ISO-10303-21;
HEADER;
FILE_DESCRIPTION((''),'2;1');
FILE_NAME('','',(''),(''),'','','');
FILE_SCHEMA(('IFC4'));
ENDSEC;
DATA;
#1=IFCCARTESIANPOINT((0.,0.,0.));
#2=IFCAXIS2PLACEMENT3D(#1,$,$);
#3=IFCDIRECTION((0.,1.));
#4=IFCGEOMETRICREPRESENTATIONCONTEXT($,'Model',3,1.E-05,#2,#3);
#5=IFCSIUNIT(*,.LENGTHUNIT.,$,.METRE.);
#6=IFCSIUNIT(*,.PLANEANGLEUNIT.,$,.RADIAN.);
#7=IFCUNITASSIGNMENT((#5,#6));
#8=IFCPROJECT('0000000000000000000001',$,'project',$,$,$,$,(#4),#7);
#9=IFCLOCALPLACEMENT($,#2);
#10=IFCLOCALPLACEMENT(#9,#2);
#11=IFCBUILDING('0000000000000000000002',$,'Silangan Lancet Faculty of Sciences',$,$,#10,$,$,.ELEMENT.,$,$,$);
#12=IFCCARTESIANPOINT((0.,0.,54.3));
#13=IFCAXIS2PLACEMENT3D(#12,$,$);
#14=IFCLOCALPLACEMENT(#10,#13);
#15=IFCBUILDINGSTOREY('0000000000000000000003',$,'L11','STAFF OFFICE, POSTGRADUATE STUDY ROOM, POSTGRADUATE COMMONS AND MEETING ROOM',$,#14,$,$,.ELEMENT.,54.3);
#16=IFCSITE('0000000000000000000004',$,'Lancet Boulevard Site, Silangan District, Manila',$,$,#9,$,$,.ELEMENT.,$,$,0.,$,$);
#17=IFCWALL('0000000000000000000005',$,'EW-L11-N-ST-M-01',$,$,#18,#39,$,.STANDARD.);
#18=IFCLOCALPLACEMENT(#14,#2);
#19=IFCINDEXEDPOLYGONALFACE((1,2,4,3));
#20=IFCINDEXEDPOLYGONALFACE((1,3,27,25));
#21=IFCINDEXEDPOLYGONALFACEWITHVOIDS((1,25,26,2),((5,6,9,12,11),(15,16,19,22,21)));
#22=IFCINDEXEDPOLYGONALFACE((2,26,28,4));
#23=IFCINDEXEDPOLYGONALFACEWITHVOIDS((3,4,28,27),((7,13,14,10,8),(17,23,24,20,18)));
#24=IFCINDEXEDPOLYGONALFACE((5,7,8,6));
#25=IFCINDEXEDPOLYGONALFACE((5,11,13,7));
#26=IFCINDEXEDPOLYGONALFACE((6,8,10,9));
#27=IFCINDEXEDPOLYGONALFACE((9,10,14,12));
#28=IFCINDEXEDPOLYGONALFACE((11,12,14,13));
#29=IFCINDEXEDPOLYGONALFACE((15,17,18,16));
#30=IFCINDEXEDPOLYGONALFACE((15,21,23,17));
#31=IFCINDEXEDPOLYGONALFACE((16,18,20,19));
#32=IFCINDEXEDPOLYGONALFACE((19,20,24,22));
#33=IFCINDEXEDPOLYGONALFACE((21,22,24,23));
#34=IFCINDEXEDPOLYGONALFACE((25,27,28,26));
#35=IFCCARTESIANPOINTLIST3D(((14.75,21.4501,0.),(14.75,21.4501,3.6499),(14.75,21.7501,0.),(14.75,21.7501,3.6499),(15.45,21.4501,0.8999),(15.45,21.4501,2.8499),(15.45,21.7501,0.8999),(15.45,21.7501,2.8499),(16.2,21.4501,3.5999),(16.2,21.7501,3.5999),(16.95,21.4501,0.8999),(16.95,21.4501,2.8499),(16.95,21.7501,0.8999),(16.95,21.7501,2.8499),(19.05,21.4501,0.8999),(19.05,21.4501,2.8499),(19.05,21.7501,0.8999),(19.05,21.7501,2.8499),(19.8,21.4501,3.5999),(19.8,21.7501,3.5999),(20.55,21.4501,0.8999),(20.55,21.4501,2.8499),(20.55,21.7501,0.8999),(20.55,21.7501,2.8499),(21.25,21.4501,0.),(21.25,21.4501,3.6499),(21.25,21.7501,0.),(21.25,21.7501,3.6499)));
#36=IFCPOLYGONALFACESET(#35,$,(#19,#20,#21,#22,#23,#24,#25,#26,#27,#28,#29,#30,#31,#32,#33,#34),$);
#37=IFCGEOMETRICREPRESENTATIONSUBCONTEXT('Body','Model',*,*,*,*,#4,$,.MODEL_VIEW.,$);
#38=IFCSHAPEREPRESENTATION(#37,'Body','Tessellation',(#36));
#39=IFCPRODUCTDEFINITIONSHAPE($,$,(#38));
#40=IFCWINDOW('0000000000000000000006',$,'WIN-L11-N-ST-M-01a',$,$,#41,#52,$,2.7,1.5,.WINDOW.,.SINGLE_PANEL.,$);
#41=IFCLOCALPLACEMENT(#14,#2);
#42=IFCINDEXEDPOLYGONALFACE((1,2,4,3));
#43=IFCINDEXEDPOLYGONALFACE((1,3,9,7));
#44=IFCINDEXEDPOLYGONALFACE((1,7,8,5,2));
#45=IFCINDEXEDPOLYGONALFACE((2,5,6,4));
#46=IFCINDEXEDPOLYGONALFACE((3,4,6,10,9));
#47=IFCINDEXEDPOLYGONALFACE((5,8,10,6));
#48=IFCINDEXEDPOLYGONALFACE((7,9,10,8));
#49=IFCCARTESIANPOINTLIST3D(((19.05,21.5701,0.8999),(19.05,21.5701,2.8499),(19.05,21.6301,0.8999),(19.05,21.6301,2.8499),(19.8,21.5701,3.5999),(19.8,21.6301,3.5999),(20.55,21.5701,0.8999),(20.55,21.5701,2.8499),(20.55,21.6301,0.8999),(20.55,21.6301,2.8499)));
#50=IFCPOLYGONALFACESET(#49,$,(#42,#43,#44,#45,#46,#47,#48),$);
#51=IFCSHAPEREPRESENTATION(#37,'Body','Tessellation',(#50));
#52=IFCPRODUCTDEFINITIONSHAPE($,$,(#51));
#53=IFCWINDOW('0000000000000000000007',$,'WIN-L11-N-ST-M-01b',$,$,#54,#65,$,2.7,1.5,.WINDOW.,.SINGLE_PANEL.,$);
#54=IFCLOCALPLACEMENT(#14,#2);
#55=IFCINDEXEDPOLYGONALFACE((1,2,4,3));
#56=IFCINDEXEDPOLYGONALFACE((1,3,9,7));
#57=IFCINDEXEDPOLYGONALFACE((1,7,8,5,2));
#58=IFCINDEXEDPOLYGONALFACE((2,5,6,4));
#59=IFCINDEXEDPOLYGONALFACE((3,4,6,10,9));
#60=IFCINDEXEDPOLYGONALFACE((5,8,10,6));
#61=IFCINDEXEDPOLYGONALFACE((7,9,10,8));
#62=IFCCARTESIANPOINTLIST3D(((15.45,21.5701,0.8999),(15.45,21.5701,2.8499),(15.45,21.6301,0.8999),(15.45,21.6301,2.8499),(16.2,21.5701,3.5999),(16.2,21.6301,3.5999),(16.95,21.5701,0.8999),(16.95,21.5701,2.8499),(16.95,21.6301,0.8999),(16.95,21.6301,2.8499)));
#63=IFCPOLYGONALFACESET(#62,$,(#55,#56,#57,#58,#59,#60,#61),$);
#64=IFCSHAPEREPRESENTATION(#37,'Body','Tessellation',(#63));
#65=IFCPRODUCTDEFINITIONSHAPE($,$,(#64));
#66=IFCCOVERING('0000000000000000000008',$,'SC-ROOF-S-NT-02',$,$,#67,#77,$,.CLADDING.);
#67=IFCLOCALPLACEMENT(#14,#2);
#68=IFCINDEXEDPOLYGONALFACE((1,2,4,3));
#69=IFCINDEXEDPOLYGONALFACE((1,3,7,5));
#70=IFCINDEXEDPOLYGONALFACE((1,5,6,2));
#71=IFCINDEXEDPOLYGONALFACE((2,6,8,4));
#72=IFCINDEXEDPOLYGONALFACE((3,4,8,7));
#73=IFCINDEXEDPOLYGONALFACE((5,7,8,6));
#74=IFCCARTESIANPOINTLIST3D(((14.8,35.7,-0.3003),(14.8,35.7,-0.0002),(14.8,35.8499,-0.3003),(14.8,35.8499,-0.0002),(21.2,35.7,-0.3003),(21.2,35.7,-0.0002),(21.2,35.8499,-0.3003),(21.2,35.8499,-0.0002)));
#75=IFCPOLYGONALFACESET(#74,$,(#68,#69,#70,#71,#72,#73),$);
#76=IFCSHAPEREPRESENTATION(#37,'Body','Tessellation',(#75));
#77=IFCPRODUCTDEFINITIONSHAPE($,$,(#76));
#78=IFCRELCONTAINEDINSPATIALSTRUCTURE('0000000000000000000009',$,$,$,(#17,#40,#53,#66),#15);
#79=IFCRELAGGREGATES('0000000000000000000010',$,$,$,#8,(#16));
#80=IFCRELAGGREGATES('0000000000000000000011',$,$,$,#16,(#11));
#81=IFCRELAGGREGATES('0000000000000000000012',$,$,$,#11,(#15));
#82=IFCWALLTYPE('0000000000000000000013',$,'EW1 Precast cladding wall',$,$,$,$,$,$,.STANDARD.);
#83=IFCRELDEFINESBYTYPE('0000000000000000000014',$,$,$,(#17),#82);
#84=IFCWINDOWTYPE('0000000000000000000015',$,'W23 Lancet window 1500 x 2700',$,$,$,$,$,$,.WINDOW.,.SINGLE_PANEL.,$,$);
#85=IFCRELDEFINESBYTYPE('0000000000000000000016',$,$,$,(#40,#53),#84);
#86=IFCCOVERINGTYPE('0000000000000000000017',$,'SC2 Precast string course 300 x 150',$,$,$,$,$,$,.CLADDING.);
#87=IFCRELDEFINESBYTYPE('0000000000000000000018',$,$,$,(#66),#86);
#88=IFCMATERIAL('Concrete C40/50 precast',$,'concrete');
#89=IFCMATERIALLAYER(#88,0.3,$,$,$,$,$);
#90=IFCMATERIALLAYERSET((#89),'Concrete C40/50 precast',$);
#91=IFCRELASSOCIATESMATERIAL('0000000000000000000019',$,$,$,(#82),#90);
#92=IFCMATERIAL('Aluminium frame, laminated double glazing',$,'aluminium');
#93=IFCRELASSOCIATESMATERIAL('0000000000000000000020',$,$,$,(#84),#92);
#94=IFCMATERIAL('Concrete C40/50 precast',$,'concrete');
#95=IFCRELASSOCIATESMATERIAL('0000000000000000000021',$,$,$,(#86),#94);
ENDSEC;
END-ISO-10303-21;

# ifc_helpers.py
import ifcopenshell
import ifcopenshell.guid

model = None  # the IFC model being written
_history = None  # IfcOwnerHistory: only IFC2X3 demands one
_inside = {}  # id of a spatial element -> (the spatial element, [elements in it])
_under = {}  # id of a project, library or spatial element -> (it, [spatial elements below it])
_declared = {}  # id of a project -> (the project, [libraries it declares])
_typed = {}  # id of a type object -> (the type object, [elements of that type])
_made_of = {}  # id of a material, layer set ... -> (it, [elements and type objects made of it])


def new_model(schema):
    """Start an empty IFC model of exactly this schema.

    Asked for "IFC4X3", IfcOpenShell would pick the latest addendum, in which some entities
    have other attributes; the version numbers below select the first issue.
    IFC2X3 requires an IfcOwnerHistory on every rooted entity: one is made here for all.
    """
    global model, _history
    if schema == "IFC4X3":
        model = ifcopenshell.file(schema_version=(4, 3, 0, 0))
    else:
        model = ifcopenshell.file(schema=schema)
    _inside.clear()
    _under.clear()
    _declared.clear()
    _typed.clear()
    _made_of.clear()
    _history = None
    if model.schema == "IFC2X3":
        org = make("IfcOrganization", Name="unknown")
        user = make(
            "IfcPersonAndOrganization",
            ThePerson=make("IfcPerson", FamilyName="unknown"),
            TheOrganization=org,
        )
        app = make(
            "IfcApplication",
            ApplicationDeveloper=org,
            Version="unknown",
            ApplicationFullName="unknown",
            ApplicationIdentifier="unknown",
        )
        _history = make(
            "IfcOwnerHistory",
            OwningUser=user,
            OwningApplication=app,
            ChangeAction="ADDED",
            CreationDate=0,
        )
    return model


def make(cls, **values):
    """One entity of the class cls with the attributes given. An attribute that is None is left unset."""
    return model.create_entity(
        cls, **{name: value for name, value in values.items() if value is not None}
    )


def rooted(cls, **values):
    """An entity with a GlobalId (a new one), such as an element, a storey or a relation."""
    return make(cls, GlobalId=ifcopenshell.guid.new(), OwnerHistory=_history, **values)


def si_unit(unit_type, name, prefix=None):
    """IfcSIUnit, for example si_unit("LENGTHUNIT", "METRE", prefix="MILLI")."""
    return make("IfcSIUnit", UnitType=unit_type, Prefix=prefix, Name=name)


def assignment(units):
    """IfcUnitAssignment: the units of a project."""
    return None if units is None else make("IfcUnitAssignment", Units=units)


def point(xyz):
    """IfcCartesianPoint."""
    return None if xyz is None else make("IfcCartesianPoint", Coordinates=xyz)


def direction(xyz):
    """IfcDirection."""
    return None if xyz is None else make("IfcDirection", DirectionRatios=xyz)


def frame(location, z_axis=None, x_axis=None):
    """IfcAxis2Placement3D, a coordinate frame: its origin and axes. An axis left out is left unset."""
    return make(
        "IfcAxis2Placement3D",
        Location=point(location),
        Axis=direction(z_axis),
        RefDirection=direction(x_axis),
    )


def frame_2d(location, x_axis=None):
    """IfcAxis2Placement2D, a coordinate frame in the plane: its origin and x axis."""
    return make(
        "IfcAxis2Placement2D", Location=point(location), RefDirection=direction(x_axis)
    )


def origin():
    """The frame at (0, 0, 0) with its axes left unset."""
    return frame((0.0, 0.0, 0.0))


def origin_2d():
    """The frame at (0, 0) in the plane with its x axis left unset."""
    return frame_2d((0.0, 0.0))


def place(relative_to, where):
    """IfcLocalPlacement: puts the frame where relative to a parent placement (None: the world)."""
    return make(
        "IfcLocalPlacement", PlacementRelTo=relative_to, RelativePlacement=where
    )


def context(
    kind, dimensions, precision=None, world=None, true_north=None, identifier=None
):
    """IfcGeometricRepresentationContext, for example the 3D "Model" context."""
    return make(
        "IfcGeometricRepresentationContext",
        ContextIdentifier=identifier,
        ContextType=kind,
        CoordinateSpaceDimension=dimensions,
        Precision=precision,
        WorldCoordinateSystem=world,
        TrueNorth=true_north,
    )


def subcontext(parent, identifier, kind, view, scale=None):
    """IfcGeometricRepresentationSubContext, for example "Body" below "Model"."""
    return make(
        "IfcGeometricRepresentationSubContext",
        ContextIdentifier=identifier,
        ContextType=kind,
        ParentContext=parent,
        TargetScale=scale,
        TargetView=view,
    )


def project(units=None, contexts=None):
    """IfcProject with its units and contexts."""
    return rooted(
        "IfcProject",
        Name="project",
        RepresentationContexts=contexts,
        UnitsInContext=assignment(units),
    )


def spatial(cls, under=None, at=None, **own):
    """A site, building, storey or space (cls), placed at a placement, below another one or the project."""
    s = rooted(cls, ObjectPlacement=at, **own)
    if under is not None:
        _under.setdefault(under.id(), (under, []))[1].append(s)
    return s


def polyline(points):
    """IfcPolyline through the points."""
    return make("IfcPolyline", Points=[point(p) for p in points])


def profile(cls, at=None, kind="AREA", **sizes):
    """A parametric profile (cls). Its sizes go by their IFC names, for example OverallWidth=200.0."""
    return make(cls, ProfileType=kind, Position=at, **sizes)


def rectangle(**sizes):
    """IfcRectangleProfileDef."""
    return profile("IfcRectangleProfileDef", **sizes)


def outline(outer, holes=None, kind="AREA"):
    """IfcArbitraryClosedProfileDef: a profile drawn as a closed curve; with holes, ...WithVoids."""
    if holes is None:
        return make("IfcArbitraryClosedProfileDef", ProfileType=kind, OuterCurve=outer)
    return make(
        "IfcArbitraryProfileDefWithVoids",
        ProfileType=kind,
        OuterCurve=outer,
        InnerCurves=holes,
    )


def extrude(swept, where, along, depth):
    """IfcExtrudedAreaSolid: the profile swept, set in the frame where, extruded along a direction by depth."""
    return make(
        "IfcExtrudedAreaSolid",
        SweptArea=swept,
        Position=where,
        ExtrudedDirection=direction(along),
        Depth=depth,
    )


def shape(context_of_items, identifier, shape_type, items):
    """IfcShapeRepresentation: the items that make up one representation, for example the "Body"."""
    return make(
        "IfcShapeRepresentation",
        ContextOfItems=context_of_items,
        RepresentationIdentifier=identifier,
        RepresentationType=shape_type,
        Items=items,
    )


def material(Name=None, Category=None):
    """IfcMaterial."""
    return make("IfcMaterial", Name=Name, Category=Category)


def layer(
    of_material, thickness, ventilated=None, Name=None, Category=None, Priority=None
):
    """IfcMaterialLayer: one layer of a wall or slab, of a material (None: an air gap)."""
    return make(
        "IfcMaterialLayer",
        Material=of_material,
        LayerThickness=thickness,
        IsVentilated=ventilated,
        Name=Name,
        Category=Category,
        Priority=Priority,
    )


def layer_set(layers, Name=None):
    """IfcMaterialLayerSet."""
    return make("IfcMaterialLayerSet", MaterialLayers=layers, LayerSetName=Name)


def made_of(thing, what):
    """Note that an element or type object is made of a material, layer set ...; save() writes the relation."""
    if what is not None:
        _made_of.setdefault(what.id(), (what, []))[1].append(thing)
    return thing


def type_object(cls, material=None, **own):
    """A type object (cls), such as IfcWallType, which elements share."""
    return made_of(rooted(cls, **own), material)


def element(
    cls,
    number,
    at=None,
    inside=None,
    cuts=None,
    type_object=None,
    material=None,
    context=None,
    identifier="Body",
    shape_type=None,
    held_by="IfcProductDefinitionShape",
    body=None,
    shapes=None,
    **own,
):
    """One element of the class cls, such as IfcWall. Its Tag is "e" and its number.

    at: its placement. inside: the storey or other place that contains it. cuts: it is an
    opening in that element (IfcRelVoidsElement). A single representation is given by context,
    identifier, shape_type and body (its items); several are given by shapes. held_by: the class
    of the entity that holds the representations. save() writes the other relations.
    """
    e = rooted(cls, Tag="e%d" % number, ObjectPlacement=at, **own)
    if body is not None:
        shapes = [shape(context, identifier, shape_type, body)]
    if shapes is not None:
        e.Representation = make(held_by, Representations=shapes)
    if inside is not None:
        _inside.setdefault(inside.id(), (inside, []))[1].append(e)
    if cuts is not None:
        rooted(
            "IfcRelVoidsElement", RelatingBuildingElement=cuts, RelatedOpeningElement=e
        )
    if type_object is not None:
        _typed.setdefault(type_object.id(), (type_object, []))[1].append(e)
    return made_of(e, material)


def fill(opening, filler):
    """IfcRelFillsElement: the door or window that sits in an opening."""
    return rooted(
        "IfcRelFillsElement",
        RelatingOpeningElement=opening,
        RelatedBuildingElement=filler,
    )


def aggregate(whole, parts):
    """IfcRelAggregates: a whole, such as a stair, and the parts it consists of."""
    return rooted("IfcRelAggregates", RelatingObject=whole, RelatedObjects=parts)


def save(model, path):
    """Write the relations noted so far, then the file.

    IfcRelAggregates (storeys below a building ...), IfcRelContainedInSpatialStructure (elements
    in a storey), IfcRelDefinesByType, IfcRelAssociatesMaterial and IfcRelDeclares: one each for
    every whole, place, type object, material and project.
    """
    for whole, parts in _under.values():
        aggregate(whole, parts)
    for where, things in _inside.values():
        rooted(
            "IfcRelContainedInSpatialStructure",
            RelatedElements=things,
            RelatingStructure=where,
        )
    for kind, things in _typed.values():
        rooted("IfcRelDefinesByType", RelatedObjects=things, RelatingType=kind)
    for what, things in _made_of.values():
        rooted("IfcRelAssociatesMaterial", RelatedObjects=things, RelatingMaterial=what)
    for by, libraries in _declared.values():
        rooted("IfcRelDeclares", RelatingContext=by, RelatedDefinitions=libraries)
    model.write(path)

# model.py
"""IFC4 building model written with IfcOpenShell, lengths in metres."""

from ifc_helpers import new_model, si_unit, direction, frame, frame_2d, origin, origin_2d, place, context, subcontext, project, spatial, polyline, rectangle, outline, extrude, material, layer, layer_set, type_object, element, fill, save


model = new_model("IFC4")

# Units and contexts
model_context = context("Model", 3, precision=1e-05, world=origin(), true_north=direction((0.0, 1.0)))
body_context = subcontext(model_context, "Body", "Model", "MODEL_VIEW")
ifc_project = project(units=[si_unit("LENGTHUNIT", "METRE"), si_unit("PLANEANGLEUNIT", "RADIAN")], contexts=[model_context])

# Site, building, storey
site_placement = place(None, origin())
site = spatial("IfcSite", under=ifc_project, at=site_placement, Name="Lancet Boulevard Site, Silangan District, Manila", CompositionType="ELEMENT", RefElevation=0.0)
building_placement = place(site_placement, origin())
building = spatial("IfcBuilding", under=site, at=building_placement, Name="Silangan Lancet Faculty of Sciences", CompositionType="ELEMENT")
storey_placement = place(building_placement, frame((0.0, 0.0, 54.3)))
storey = spatial("IfcBuildingStorey", under=building, at=storey_placement, Name="L11", Description="STAFF OFFICE, POSTGRADUATE STUDY ROOM, POSTGRADUATE COMMONS AND MEETING ROOM", CompositionType="ELEMENT", Elevation=54.3)

# Wall, openings, windows
ifc_material_1 = material(Name="Concrete C40/50 precast", Category="concrete")
ifc_layer_1 = layer(ifc_material_1, 0.3)
ifc_layer_set_1 = layer_set([ifc_layer_1], Name="Concrete C40/50 precast")
wall_type = type_object("IfcWallType", Name="EW1 Precast cladding wall", PredefinedType="STANDARD", material=ifc_layer_set_1)
ifc_material_2 = material(Name="Aluminium frame, laminated double glazing", Category="aluminium")
window_type = type_object("IfcWindowType", Name="W23 Lancet window 1500 x 2700", PartitioningType="SINGLE_PANEL", PredefinedType="WINDOW", material=ifc_material_2)
wall_1_placement = place(storey_placement, frame((21.25, 21.6001, 0.0), z_axis=(0.0, 0.0, 1.0), x_axis=(-1.0, 0.0, 0.0)))
wall_1 = element("IfcWall", 1, at=wall_1_placement, inside=storey, type_object=wall_type, Name="EW-L11-N-ST-M-01", PredefinedType="STANDARD", context=body_context, shape_type="SweptSolid", body=[
    extrude(rectangle(XDim=6.5, YDim=0.3, at=frame_2d((3.25, 0.0))), origin(), (0.0, 0.0, 1.0), 3.6499),
])
opening_1_placement = place(wall_1_placement, frame((0.7, 0.0, 0.8999)))
opening_1 = element("IfcOpeningElement", 2, at=opening_1_placement, cuts=wall_1, PredefinedType="OPENING", context=body_context, shape_type="SweptSolid", body=[
    extrude(outline(polyline([(0.0, 0.0), (1.5, 0.0), (1.5, 1.95), (0.75, 2.7), (0.0, 1.95), (0.0, 0.0)])), frame((0.0, 0.1599, 0.0), z_axis=(0.0, -1.0, 0.0), x_axis=(1.0, 0.0, 0.0)), (0.0, 0.0, 1.0), 0.3201),
])
opening_2_placement = place(wall_1_placement, frame((4.3, 0.0, 0.8999)))
opening_2 = element("IfcOpeningElement", 3, at=opening_2_placement, cuts=wall_1, PredefinedType="OPENING", context=body_context, shape_type="SweptSolid", body=[
    extrude(outline(polyline([(0.0, 0.0), (1.5, 0.0), (1.5, 1.95), (0.75, 2.7), (0.0, 1.95), (0.0, 0.0)])), frame((0.0, 0.1599, 0.0), z_axis=(0.0, -1.0, 0.0), x_axis=(1.0, 0.0, 0.0)), (0.0, 0.0, 1.0), 0.3201),
])
window_1_placement = place(opening_1_placement, origin())
window_1 = element("IfcWindow", 4, at=window_1_placement, inside=storey, type_object=window_type, Name="WIN-L11-N-ST-M-01a", OverallHeight=2.7, OverallWidth=1.5, PartitioningType="SINGLE_PANEL", PredefinedType="WINDOW", context=body_context, shape_type="SweptSolid", body=[
    extrude(outline(polyline([(0.0, 0.0), (1.5, 0.0), (1.5, 1.95), (0.75, 2.7), (0.0, 1.95), (0.0, 0.0)])), frame((0.0, 0.03, 0.0), z_axis=(0.0, -1.0, 0.0), x_axis=(1.0, 0.0, 0.0)), (0.0, 0.0, 1.0), 0.0601),
])
fill(opening_1, window_1)
window_2_placement = place(opening_2_placement, origin())
window_2 = element("IfcWindow", 5, at=window_2_placement, inside=storey, type_object=window_type, Name="WIN-L11-N-ST-M-01b", OverallHeight=2.7, OverallWidth=1.5, PartitioningType="SINGLE_PANEL", PredefinedType="WINDOW", context=body_context, shape_type="SweptSolid", body=[
    extrude(outline(polyline([(0.0, 0.0), (1.5, 0.0), (1.5, 1.95), (0.75, 2.7), (0.0, 1.95), (0.0, 0.0)])), frame((0.0, 0.03, 0.0), z_axis=(0.0, -1.0, 0.0), x_axis=(1.0, 0.0, 0.0)), (0.0, 0.0, 1.0), 0.0601),
])
fill(opening_2, window_2)

# Covering
ifc_material_3 = material(Name="Concrete C40/50 precast", Category="concrete")
covering_type = type_object("IfcCoveringType", Name="SC2 Precast string course 300 x 150", PredefinedType="CLADDING", material=ifc_material_3)
covering_placement = place(storey_placement, frame((18.0, 35.7749, -0.3003), z_axis=(0.0, 0.0, 1.0), x_axis=(1.0, 0.0, 0.0)))
element("IfcCovering", 6, at=covering_placement, inside=storey, type_object=covering_type, Name="SC-ROOF-S-NT-02", PredefinedType="CLADDING", context=body_context, shape_type="SweptSolid", body=[
    extrude(rectangle(XDim=6.3999, YDim=0.1499, at=origin_2d()), origin(), (0.0, 0.0, 1.0), 0.3),
])

save(model, "model.ifc")
